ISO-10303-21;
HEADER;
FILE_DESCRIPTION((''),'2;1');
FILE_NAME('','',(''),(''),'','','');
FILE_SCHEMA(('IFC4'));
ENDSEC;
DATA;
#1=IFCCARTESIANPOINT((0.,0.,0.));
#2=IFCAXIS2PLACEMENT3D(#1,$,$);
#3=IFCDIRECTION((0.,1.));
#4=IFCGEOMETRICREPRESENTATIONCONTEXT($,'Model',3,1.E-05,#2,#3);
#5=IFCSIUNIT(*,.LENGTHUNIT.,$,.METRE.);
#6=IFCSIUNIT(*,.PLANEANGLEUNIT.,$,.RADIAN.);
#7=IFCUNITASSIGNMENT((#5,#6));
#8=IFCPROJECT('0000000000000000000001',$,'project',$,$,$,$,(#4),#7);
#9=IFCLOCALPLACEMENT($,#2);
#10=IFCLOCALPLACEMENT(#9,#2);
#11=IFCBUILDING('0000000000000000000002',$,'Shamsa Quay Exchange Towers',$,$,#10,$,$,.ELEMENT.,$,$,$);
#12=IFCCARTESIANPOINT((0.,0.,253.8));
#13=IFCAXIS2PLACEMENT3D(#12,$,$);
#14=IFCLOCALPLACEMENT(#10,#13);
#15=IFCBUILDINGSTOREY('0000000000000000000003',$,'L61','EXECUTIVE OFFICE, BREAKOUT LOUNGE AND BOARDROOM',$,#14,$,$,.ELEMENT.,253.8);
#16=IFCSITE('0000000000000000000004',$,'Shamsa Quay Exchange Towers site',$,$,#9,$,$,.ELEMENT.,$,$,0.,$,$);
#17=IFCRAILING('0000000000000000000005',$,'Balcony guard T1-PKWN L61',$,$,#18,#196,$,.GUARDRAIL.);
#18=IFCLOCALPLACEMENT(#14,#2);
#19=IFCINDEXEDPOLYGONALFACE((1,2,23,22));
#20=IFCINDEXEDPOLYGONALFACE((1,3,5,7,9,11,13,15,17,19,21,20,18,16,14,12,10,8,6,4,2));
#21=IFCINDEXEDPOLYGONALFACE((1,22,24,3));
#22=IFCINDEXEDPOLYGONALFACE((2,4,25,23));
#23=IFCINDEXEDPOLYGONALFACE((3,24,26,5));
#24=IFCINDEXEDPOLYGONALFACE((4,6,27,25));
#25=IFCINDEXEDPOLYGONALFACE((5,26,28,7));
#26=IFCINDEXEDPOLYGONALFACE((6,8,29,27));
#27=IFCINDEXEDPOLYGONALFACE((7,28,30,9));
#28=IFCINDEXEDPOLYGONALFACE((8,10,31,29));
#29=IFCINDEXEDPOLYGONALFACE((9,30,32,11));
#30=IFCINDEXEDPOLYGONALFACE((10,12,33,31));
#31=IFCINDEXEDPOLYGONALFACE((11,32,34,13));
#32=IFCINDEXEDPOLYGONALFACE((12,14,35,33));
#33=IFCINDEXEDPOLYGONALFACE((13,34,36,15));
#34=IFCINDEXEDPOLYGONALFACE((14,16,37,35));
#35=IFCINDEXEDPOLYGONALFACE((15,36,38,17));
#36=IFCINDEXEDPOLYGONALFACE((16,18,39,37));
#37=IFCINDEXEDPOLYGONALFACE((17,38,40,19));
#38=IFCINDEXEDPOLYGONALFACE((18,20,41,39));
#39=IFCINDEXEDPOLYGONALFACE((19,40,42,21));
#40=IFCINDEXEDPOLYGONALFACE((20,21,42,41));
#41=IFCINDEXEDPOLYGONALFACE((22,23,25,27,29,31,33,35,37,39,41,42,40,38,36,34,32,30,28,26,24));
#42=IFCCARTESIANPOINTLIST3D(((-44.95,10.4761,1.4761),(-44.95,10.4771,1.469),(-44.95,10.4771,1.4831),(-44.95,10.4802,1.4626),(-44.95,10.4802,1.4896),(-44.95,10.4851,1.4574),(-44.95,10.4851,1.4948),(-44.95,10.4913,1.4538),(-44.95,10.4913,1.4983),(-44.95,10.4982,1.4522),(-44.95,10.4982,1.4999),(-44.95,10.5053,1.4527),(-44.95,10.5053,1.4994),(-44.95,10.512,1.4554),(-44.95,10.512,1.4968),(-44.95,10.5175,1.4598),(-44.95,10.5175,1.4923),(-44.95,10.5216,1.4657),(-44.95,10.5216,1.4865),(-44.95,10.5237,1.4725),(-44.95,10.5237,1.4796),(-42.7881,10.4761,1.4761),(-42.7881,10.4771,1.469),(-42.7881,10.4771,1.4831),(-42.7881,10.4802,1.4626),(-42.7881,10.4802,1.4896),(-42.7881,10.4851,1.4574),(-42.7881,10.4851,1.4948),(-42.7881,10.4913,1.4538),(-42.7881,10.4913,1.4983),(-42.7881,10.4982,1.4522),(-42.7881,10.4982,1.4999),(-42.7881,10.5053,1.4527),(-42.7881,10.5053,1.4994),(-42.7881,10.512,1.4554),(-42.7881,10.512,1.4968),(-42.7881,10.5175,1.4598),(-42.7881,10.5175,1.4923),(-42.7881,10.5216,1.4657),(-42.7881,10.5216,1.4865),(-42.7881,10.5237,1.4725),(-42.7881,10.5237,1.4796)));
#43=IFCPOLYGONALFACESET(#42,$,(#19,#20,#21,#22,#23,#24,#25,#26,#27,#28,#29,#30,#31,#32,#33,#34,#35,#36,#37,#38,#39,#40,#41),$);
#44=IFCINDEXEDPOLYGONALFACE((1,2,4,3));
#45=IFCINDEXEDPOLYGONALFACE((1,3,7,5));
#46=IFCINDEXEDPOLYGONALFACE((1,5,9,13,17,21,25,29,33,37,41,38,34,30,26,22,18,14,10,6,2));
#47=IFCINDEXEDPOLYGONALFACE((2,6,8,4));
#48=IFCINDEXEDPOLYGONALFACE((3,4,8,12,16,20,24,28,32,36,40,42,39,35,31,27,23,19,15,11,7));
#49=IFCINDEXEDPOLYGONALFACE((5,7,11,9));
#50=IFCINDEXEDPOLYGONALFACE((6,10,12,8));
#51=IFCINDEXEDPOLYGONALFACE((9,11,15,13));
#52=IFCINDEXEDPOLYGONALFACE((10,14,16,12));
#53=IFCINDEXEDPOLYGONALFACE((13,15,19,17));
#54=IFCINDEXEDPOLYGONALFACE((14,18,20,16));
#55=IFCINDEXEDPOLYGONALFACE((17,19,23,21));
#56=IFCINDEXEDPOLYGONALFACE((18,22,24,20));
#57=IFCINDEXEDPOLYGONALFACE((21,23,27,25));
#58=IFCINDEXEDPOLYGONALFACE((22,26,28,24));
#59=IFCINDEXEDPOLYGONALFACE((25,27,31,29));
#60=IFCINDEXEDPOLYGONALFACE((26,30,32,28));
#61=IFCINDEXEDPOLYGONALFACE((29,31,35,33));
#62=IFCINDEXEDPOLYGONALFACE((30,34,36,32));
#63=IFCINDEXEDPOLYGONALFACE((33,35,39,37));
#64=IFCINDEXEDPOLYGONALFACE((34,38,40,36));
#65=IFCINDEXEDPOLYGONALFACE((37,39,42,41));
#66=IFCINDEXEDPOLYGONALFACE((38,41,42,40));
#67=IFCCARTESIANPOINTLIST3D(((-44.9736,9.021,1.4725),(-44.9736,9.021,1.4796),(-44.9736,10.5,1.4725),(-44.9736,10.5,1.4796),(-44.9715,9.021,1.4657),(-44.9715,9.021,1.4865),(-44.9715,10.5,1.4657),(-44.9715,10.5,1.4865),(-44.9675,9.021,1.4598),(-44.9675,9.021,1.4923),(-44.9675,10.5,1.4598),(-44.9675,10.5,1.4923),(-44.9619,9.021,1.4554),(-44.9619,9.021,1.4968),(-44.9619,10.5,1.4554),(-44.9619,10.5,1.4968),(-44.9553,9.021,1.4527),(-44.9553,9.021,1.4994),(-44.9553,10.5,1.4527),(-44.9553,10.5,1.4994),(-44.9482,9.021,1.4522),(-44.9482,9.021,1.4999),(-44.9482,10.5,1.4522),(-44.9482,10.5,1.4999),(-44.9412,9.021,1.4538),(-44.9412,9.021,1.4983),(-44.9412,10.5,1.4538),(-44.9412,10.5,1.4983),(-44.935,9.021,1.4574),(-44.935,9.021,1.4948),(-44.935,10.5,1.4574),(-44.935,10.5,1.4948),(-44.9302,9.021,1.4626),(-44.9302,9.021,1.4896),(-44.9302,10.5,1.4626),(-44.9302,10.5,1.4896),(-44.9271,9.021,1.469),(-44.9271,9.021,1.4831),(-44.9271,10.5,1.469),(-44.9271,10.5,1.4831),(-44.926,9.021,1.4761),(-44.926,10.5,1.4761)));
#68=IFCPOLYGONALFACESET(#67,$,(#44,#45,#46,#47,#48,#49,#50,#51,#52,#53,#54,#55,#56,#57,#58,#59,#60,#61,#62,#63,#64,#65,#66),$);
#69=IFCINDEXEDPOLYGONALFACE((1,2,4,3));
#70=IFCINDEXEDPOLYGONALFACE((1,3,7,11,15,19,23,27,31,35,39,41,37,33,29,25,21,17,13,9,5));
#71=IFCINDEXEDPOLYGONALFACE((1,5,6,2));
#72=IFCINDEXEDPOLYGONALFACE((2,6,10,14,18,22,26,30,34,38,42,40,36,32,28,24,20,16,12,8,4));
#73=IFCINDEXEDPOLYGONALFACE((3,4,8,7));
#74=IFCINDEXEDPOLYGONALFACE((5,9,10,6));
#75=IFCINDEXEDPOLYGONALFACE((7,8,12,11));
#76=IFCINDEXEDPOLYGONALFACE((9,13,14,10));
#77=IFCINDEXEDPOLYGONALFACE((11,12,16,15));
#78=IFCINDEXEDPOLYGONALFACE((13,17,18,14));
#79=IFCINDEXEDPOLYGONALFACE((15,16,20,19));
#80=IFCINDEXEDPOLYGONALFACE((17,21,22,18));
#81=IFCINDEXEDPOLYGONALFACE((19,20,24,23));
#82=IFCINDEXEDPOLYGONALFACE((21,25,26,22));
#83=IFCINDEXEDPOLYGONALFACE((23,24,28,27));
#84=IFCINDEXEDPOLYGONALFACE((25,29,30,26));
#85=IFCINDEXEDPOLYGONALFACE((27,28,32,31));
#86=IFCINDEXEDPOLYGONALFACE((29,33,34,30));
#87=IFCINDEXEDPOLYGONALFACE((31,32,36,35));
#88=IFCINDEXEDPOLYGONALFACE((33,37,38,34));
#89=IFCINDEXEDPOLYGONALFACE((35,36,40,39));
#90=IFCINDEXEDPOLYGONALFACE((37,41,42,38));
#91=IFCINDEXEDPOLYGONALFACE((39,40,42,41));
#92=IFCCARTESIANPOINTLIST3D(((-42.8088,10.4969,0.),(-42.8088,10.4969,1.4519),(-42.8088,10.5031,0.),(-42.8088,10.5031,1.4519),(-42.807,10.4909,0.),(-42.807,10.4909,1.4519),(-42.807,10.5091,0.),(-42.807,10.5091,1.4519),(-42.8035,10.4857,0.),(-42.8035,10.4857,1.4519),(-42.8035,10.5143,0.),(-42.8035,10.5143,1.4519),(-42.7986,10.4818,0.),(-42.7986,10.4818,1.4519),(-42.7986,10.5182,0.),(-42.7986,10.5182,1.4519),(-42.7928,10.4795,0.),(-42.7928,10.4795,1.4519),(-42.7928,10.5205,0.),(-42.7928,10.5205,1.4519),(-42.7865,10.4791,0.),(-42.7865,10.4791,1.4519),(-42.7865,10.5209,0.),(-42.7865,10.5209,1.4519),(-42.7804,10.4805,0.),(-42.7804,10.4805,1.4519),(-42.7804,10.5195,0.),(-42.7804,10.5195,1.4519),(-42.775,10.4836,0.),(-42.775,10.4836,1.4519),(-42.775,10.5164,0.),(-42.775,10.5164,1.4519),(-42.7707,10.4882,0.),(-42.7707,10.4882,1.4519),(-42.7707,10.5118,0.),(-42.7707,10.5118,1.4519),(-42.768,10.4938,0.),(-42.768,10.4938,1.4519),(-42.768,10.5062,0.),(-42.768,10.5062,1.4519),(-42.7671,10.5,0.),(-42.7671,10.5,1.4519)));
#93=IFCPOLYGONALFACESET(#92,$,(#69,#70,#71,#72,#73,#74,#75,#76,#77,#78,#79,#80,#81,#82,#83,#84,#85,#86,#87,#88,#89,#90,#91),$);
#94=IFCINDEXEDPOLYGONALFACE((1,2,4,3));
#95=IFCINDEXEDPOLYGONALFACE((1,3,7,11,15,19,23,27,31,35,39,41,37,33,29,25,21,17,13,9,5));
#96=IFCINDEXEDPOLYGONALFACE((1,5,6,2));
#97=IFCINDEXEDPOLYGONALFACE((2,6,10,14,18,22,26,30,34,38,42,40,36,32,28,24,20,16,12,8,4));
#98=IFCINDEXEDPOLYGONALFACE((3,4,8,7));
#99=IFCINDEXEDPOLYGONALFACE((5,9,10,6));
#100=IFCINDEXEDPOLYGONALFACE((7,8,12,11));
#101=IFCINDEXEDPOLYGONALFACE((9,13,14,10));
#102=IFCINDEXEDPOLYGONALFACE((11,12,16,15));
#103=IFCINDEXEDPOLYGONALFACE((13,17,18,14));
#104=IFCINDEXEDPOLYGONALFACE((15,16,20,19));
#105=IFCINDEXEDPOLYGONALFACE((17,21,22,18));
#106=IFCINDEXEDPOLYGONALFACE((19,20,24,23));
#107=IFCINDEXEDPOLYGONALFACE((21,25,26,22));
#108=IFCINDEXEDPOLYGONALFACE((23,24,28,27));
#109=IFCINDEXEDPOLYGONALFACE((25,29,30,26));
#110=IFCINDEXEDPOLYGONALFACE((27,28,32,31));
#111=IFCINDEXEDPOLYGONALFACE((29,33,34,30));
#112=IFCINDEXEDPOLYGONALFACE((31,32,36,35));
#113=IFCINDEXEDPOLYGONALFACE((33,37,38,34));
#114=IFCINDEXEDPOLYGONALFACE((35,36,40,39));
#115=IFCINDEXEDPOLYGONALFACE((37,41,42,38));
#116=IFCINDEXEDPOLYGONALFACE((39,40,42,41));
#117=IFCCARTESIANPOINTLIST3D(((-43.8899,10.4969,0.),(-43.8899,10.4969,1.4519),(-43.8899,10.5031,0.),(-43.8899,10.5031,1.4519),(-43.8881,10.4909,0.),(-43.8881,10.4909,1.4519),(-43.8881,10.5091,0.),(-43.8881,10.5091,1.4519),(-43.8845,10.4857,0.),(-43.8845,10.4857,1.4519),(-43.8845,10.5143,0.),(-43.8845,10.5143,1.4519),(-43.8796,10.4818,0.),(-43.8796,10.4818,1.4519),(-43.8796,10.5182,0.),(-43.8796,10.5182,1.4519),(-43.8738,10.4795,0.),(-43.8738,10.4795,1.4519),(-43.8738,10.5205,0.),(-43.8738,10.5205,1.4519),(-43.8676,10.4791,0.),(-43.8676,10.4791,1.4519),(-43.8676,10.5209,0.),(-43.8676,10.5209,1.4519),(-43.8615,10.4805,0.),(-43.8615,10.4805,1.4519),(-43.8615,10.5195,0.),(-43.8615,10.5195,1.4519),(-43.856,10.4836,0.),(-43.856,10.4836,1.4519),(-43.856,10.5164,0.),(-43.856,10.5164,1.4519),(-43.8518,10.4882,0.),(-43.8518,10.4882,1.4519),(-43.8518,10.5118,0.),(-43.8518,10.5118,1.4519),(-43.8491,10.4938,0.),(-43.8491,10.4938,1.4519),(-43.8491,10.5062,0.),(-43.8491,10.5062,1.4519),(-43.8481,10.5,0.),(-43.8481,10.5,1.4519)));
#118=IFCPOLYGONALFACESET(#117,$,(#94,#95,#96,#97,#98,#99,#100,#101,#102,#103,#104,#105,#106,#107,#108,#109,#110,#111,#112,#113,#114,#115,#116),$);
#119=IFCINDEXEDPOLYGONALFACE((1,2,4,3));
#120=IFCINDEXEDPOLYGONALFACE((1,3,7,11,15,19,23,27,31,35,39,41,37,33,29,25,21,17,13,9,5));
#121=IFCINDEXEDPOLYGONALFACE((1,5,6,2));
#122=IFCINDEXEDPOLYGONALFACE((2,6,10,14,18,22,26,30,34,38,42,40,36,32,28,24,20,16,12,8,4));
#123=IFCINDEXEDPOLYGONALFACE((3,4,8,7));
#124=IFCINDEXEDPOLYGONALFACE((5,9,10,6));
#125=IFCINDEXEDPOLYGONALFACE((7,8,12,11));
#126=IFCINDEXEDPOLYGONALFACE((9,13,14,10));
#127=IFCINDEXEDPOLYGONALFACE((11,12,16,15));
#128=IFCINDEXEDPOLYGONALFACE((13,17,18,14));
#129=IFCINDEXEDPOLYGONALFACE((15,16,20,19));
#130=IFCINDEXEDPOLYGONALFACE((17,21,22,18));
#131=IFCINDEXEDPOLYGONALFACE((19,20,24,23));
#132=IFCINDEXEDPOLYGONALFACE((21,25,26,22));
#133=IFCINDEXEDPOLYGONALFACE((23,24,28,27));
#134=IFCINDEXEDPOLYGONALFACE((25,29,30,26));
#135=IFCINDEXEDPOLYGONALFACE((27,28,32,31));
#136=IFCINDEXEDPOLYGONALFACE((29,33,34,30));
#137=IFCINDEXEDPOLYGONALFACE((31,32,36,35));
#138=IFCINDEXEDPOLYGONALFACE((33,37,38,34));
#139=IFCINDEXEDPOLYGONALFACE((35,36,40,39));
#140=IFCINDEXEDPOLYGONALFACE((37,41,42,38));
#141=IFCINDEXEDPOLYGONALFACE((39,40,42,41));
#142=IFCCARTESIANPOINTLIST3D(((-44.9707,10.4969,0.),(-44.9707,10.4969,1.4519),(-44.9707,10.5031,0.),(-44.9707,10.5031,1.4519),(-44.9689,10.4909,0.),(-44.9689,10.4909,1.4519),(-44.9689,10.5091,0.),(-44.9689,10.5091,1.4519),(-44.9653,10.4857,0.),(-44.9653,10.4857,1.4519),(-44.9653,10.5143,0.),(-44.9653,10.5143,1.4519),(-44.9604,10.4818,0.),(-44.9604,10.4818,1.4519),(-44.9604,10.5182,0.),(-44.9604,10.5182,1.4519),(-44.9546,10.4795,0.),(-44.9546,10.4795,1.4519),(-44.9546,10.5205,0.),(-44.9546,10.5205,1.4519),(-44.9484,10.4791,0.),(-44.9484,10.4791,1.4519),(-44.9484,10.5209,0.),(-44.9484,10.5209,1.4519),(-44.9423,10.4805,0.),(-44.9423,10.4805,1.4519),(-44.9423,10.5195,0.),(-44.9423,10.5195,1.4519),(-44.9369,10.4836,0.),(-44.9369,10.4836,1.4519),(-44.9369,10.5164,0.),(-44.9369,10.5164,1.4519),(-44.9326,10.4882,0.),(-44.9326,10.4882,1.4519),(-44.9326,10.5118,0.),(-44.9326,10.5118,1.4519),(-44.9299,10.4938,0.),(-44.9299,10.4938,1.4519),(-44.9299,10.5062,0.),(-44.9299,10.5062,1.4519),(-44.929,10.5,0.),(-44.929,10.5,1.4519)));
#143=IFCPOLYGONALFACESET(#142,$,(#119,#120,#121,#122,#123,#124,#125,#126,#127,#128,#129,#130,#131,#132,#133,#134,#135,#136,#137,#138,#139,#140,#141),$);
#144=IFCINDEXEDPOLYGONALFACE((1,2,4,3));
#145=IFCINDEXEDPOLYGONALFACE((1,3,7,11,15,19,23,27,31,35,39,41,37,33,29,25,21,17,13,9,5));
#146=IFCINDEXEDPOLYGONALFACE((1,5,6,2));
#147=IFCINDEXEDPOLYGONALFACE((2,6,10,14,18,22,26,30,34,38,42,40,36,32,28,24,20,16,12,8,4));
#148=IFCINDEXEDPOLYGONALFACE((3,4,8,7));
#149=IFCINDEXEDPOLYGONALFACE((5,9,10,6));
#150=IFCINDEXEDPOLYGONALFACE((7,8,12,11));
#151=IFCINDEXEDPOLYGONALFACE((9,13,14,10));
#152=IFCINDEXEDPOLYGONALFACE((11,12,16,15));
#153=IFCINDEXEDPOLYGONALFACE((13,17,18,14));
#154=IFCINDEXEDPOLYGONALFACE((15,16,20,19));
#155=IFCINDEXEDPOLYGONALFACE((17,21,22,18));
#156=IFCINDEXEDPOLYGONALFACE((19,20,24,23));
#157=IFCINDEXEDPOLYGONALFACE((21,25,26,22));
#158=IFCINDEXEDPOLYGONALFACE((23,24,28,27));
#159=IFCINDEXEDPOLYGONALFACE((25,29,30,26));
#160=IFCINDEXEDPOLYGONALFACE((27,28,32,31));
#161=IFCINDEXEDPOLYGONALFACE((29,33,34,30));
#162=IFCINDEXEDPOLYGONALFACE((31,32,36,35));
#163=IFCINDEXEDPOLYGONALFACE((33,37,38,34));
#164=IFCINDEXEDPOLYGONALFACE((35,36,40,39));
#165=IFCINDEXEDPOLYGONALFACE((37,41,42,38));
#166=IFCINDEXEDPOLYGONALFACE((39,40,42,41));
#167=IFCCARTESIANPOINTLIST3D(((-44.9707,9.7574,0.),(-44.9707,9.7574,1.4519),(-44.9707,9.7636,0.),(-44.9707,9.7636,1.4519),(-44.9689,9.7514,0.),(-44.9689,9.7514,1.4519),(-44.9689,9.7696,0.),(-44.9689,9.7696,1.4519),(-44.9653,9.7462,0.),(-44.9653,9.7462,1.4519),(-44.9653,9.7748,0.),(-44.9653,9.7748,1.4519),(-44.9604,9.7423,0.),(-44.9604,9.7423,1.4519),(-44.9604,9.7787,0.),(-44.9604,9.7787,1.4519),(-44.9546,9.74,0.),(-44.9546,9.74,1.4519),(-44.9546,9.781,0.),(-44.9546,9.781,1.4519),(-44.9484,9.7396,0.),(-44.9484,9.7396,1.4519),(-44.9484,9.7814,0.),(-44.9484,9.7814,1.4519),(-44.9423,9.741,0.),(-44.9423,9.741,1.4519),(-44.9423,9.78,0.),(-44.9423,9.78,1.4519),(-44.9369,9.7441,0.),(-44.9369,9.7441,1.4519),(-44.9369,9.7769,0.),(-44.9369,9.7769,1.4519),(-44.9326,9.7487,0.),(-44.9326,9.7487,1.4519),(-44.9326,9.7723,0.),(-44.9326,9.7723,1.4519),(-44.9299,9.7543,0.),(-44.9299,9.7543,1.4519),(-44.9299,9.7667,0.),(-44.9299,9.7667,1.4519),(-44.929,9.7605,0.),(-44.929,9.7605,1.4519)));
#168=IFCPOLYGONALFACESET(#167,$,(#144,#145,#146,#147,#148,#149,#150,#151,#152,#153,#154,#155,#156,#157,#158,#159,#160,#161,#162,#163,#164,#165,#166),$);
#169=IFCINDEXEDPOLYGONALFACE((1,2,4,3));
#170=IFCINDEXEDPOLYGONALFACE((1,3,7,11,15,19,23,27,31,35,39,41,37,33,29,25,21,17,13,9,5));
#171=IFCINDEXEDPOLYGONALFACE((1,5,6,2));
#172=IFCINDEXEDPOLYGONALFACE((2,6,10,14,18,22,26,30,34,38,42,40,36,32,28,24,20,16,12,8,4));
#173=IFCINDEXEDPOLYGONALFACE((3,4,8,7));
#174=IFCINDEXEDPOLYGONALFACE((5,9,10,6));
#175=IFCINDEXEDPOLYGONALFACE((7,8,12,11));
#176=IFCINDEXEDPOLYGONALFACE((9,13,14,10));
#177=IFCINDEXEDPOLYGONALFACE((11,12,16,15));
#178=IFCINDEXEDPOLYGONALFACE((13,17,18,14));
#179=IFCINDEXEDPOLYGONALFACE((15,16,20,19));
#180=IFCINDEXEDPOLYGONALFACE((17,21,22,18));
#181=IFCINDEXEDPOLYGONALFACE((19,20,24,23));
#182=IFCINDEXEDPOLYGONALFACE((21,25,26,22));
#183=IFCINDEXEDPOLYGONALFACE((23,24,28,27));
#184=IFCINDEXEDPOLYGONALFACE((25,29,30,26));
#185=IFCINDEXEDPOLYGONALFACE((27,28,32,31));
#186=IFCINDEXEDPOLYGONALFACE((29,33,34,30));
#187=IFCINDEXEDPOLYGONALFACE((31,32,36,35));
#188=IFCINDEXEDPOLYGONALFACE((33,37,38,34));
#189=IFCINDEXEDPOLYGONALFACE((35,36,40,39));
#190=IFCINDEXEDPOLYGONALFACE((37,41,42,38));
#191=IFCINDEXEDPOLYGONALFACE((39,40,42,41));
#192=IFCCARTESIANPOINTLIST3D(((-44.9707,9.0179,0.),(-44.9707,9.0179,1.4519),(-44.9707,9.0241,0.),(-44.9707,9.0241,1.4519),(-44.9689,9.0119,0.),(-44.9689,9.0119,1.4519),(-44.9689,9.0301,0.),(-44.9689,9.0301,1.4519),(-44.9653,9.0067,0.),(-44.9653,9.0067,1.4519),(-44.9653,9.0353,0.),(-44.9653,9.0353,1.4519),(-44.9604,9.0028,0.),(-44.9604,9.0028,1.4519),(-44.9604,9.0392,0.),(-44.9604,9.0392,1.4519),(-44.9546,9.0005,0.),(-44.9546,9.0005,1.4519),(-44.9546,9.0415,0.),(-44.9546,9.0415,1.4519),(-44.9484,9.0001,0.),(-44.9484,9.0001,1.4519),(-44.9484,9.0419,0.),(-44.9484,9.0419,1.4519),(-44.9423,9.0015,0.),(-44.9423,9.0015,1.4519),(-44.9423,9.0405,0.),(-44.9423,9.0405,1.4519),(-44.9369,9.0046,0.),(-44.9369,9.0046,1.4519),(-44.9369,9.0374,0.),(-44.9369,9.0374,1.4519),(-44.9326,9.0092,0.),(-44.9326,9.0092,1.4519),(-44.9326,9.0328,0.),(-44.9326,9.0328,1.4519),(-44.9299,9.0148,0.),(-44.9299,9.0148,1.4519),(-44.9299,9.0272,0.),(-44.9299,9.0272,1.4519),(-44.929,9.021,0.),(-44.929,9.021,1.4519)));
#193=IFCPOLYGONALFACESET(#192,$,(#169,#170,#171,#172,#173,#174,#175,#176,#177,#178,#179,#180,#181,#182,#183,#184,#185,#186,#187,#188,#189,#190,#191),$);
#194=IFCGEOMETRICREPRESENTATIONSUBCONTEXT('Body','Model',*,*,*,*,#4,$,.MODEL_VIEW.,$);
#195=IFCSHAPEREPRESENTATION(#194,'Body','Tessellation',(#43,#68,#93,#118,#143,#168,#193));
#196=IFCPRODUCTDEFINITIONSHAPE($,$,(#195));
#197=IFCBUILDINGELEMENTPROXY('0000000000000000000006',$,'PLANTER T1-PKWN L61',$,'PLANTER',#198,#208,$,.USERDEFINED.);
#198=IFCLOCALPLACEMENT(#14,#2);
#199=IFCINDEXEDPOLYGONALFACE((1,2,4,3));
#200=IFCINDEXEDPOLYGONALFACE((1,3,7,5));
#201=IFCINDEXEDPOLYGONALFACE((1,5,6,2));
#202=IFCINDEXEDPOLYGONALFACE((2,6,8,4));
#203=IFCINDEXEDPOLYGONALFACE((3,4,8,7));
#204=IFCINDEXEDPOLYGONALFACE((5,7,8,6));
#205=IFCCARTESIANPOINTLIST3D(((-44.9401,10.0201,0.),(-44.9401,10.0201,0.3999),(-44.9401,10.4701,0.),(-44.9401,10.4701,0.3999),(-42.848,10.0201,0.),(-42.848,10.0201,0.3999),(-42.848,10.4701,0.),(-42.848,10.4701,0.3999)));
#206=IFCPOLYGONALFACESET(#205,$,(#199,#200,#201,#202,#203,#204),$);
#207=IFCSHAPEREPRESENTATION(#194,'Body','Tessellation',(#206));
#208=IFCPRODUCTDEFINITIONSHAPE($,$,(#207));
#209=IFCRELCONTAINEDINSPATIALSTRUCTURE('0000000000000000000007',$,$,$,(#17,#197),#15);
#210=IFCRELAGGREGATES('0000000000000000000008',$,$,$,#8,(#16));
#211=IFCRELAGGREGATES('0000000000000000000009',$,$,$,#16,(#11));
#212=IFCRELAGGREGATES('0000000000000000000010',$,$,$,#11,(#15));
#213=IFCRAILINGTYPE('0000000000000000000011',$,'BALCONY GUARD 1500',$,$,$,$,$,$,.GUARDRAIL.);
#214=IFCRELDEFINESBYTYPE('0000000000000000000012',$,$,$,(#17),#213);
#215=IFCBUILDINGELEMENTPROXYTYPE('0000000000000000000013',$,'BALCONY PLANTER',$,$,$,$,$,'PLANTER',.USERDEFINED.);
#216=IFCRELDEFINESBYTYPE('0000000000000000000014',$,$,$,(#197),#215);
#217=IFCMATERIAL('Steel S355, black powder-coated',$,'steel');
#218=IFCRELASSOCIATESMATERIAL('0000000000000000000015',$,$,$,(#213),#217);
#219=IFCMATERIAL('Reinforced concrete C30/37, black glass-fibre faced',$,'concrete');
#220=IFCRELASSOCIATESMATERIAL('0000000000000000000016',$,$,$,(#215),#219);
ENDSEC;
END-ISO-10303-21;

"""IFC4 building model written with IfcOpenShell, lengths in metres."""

from ifc_helpers import new_model, si_unit, direction, frame, origin, origin_2d, place, context, subcontext, project, spatial, rectangle, circle, extrude, material, type_object, element, save


model = new_model("IFC4")

# Units and contexts
model_context = context("Model", 3, precision=1e-05, world=origin(), true_north=direction((0.0, 1.0)))
body_context = subcontext(model_context, "Body", "Model", "MODEL_VIEW")
ifc_project = project(units=[si_unit("LENGTHUNIT", "METRE"), si_unit("PLANEANGLEUNIT", "RADIAN")], contexts=[model_context])

# Site, building, storey
site_placement = place(None, origin())
site = spatial("IfcSite", under=ifc_project, at=site_placement, Name="Shamsa Quay Exchange Towers site", CompositionType="ELEMENT", RefElevation=0.0)
building_placement = place(site_placement, origin())
building = spatial("IfcBuilding", under=site, at=building_placement, Name="Shamsa Quay Exchange Towers", CompositionType="ELEMENT")
storey_placement = place(building_placement, frame((0.0, 0.0, 253.8)))
storey = spatial("IfcBuildingStorey", under=building, at=storey_placement, Name="L61", Description="EXECUTIVE OFFICE, BREAKOUT LOUNGE AND BOARDROOM", CompositionType="ELEMENT", Elevation=253.8)

# Railing
ifc_material_1 = material(Name="Steel S355, black powder-coated", Category="steel")
railing_type_1 = type_object("IfcRailingType", Name="BALCONY GUARD 1500", PredefinedType="GUARDRAIL", material=ifc_material_1)
railing_1_placement = place(storey_placement, frame((-42.7881, 10.5, 0.0)))
element("IfcRailing", 1, at=railing_1_placement, inside=storey, type_object=railing_type_1, Name="Balcony guard T1-PKWN L61", PredefinedType="GUARDRAIL", context=body_context, shape_type="SweptSolid", body=[
    extrude(circle(Radius=0.0239, at=origin_2d()), frame((0.0, 0.0, 1.4761), z_axis=(-1.0, 0.0, 0.0), x_axis=(0.0, -1.0, 0.0)), (0.0, 0.0, 1.0), 2.1619),
    extrude(circle(Radius=0.0239, at=origin_2d()), frame((-2.1619, 0.0, 1.4761), z_axis=(0.0, -1.0, 0.0), x_axis=(1.0, 0.0, 0.0)), (0.0, 0.0, 1.0), 1.479),
    extrude(circle(Radius=0.021, at=origin_2d()), origin(), (0.0, 0.0, 1.0), 1.4519),
    extrude(circle(Radius=0.021, at=origin_2d()), frame((-1.0811, 0.0, 0.0)), (0.0, 0.0, 1.0), 1.4519),
    extrude(circle(Radius=0.021, at=origin_2d()), frame((-2.1619, 0.0, 0.0)), (0.0, 0.0, 1.0), 1.4519),
    extrude(circle(Radius=0.021, at=origin_2d()), frame((-2.1619, -0.7395, 0.0)), (0.0, 0.0, 1.0), 1.4519),
    extrude(circle(Radius=0.021, at=origin_2d()), frame((-2.1619, -1.479, 0.0)), (0.0, 0.0, 1.0), 1.4519),
])

# Building element proxy
ifc_material_2 = material(Name="Reinforced concrete C30/37, black glass-fibre faced", Category="concrete")
building_element_proxy_type = type_object("IfcBuildingElementProxyType", Name="BALCONY PLANTER", ElementType="PLANTER", PredefinedType="USERDEFINED", material=ifc_material_2)
proxy_placement = place(storey_placement, frame((-43.894, 10.2451, 0.0), z_axis=(0.0, 0.0, 1.0), x_axis=(-1.0, 0.0, 0.0)))
element("IfcBuildingElementProxy", 2, at=proxy_placement, inside=storey, type_object=building_element_proxy_type, Name="PLANTER T1-PKWN L61", ObjectType="PLANTER", PredefinedType="USERDEFINED", context=body_context, shape_type="SweptSolid", body=[
    extrude(rectangle(XDim=2.092, YDim=0.45, at=origin_2d()), origin(), (0.0, 0.0, 1.0), 0.3999),
])

save(model, "model.ifc")
